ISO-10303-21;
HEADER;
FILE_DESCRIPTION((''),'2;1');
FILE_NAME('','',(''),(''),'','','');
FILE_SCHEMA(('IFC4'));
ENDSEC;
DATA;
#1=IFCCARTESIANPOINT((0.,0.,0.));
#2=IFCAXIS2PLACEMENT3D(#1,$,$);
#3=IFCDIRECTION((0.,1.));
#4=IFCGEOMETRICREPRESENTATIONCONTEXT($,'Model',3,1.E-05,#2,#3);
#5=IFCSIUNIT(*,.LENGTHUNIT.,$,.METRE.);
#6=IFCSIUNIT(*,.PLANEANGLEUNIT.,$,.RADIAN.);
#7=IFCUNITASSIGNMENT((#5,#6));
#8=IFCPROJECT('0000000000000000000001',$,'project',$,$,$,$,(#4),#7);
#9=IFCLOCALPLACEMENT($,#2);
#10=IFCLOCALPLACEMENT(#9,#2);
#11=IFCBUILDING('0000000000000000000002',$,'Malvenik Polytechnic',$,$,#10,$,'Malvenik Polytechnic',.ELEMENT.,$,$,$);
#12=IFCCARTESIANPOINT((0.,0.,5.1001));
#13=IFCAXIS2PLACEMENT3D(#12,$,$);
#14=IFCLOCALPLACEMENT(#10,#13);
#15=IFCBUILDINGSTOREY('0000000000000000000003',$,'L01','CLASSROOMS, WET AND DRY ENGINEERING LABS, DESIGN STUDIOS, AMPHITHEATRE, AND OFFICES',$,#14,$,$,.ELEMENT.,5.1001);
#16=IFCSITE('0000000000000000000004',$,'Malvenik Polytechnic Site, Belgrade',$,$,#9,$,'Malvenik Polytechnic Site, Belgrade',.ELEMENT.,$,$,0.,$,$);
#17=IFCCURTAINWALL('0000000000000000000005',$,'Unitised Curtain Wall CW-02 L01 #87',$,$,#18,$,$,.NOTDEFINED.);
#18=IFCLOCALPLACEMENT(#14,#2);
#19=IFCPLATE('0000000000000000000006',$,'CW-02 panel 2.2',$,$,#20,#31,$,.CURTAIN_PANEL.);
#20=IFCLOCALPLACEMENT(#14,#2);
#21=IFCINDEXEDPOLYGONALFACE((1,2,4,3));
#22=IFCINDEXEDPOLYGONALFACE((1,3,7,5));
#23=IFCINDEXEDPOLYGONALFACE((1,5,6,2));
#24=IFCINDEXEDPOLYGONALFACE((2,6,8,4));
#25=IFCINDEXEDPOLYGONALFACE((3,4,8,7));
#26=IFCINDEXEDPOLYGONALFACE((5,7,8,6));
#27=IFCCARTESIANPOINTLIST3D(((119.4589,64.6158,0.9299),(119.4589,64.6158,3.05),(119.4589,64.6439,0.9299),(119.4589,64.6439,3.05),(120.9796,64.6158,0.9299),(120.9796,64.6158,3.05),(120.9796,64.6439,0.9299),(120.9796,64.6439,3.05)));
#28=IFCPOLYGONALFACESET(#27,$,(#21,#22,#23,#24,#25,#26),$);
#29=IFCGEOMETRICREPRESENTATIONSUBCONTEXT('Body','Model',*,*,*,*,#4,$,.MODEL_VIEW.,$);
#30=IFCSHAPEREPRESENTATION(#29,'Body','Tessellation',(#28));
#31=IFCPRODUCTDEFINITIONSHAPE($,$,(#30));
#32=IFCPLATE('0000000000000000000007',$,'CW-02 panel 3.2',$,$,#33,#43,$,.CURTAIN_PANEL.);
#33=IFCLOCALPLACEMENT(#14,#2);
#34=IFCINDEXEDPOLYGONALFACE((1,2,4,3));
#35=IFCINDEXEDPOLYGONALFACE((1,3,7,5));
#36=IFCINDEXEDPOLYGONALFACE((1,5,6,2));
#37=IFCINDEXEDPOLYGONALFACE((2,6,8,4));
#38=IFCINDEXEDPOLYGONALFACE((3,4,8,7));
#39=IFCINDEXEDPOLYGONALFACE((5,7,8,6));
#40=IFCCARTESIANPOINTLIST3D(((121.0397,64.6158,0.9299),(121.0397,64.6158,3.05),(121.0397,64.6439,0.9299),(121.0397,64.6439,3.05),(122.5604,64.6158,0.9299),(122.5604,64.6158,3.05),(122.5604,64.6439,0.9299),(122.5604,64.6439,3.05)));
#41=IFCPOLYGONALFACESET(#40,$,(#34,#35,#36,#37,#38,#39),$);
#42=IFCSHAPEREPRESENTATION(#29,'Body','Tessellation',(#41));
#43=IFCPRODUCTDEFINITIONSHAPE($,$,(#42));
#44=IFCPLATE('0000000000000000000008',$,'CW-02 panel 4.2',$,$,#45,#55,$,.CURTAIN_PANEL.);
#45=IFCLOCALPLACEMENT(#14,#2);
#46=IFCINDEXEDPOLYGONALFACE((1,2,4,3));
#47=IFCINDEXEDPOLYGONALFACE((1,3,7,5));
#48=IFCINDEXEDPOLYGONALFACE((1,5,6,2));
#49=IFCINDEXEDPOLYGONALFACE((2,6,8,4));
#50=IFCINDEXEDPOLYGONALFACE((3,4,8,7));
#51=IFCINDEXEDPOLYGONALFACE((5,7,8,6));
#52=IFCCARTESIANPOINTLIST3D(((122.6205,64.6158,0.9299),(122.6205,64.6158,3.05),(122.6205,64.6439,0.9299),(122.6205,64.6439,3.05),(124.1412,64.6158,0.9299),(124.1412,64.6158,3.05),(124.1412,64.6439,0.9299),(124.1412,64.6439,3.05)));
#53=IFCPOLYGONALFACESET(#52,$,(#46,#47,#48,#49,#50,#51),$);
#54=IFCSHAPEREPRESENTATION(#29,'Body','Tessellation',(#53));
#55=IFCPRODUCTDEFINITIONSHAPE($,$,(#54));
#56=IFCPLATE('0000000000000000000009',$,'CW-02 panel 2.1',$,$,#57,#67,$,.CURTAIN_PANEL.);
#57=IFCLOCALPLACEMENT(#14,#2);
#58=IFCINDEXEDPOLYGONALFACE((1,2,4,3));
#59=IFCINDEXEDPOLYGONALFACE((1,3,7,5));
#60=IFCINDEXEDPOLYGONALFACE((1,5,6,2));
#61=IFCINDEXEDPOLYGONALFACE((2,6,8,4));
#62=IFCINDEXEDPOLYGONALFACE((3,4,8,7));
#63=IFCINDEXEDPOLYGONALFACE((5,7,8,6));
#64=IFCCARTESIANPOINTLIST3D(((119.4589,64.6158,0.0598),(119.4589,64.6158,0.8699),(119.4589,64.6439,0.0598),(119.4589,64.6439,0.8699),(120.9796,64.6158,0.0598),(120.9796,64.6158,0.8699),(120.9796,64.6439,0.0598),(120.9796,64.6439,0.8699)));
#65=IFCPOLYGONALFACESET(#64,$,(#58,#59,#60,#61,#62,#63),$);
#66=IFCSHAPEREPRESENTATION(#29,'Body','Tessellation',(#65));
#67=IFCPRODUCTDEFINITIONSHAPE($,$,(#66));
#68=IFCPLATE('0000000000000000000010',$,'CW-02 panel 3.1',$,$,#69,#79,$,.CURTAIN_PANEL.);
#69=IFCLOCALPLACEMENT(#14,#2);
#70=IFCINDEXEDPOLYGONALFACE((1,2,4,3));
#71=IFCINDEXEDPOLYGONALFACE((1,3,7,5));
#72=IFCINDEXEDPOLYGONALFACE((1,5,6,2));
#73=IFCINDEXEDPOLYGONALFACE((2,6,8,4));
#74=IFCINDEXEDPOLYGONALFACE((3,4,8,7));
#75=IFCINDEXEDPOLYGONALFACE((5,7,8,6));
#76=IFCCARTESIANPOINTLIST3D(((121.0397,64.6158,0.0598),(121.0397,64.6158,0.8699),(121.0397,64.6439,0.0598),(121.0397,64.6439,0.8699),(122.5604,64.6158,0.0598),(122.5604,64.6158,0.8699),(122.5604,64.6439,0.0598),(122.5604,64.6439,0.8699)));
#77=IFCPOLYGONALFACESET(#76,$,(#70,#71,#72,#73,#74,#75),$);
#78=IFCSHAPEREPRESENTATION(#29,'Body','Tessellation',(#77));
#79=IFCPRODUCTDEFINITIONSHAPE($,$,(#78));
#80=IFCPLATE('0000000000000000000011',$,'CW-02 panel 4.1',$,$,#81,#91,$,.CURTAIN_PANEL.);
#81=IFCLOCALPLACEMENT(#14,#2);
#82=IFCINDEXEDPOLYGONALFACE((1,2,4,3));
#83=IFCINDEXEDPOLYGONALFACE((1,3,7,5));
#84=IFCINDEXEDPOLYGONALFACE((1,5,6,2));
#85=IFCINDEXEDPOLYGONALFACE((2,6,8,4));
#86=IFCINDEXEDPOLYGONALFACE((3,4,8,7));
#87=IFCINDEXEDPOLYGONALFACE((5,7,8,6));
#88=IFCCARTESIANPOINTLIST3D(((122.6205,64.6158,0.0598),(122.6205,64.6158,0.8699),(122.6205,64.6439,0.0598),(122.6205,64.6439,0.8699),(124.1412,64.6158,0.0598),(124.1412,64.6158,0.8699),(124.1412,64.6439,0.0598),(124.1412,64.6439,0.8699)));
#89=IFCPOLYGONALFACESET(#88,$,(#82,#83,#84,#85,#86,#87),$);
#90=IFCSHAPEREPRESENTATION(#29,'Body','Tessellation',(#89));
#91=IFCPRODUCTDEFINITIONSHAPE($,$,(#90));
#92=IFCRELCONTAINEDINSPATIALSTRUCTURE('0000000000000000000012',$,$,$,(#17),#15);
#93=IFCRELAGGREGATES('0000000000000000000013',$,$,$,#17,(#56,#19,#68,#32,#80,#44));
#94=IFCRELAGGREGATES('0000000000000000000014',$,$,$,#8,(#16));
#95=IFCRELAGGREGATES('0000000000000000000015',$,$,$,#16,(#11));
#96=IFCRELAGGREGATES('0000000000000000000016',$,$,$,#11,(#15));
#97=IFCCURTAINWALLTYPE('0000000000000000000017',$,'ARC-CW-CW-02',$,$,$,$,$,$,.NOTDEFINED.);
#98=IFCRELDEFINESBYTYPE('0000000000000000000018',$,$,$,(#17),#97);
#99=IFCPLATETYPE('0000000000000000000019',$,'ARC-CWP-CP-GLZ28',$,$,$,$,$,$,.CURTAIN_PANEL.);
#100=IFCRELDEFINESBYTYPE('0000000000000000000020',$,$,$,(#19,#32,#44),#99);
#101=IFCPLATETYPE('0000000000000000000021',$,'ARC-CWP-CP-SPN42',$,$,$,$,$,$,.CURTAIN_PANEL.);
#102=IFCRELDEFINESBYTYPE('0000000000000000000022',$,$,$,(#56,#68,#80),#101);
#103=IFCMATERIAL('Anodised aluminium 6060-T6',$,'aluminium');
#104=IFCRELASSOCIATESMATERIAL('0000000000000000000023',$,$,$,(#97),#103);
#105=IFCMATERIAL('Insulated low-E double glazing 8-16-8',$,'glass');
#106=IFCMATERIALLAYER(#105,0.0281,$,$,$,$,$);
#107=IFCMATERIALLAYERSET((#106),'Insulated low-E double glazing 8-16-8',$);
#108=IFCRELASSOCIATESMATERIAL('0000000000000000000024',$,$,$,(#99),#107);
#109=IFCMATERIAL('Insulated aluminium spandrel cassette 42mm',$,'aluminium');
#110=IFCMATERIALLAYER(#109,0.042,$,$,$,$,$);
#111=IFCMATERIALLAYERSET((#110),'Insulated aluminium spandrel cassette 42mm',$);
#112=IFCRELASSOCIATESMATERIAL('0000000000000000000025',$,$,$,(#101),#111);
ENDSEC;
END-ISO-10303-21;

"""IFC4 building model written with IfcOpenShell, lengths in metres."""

from ifc_helpers import new_model, si_unit, direction, frame, origin, origin_2d, place, context, subcontext, project, spatial, rectangle, extrude, material, layer, layer_set, type_object, element, aggregate, save


model = new_model("IFC4")

# Units and contexts
model_context = context("Model", 3, precision=1e-05, world=origin(), true_north=direction((0.0, 1.0)))
body_context = subcontext(model_context, "Body", "Model", "MODEL_VIEW")
ifc_project = project(units=[si_unit("LENGTHUNIT", "METRE"), si_unit("PLANEANGLEUNIT", "RADIAN")], contexts=[model_context])

# Site, building, storey
site_placement = place(None, origin())
site = spatial("IfcSite", under=ifc_project, at=site_placement, Name="Malvenik Polytechnic Site, Belgrade", LongName="Malvenik Polytechnic Site, Belgrade", CompositionType="ELEMENT", RefElevation=0.0)
building_placement = place(site_placement, origin())
building = spatial("IfcBuilding", under=site, at=building_placement, Name="Malvenik Polytechnic", LongName="Malvenik Polytechnic", CompositionType="ELEMENT")
storey_placement = place(building_placement, frame((0.0, 0.0, 5.1001)))
storey = spatial("IfcBuildingStorey", under=building, at=storey_placement, Name="L01", Description="CLASSROOMS, WET AND DRY ENGINEERING LABS, DESIGN STUDIOS, AMPHITHEATRE, AND OFFICES", CompositionType="ELEMENT", Elevation=5.1001)

# Curtain wall
ifc_material_1 = material(Name="Anodised aluminium 6060-T6", Category="aluminium")
curtain_wall_type = type_object("IfcCurtainWallType", Name="ARC-CW-CW-02", PredefinedType="NOTDEFINED", material=ifc_material_1)
curtain_wall_placement = place(storey_placement, origin())
curtain_wall = element("IfcCurtainWall", 1, at=curtain_wall_placement, inside=storey, type_object=curtain_wall_type, Name="Unitised Curtain Wall CW-02 L01 #87", PredefinedType="NOTDEFINED")

# Plates
ifc_material_2 = material(Name="Insulated low-E double glazing 8-16-8", Category="glass")
ifc_layer_1 = layer(ifc_material_2, 0.0281)
ifc_layer_set_1 = layer_set([ifc_layer_1], Name="Insulated low-E double glazing 8-16-8")
plate_type_1 = type_object("IfcPlateType", Name="ARC-CWP-CP-GLZ28", PredefinedType="CURTAIN_PANEL", material=ifc_layer_set_1)
plate_1_placement = place(storey_placement, frame((120.2192, 64.6299, 0.9299), z_axis=(0.0, 0.0, 1.0), x_axis=(1.0, 0.0, 0.0)))
plate_1 = element("IfcPlate", 2, at=plate_1_placement, type_object=plate_type_1, Name="CW-02 panel 2.2", PredefinedType="CURTAIN_PANEL", context=body_context, shape_type="SweptSolid", body=[
    extrude(rectangle(XDim=1.5208, YDim=0.0281, at=origin_2d()), origin(), (0.0, 0.0, 1.0), 2.1201),
])
plate_2_placement = place(storey_placement, frame((121.8, 64.6299, 0.9299), z_axis=(0.0, 0.0, 1.0), x_axis=(1.0, 0.0, 0.0)))
plate_2 = element("IfcPlate", 3, at=plate_2_placement, type_object=plate_type_1, Name="CW-02 panel 3.2", PredefinedType="CURTAIN_PANEL", context=body_context, shape_type="SweptSolid", body=[
    extrude(rectangle(XDim=1.5208, YDim=0.0281, at=origin_2d()), origin(), (0.0, 0.0, 1.0), 2.1201),
])
plate_3_placement = place(storey_placement, frame((123.3809, 64.6299, 0.9299), z_axis=(0.0, 0.0, 1.0), x_axis=(1.0, 0.0, 0.0)))
plate_3 = element("IfcPlate", 4, at=plate_3_placement, type_object=plate_type_1, Name="CW-02 panel 4.2", PredefinedType="CURTAIN_PANEL", context=body_context, shape_type="SweptSolid", body=[
    extrude(rectangle(XDim=1.5208, YDim=0.0281, at=origin_2d()), origin(), (0.0, 0.0, 1.0), 2.1201),
])
ifc_material_3 = material(Name="Insulated aluminium spandrel cassette 42mm", Category="aluminium")
ifc_layer_2 = layer(ifc_material_3, 0.042)
ifc_layer_set_2 = layer_set([ifc_layer_2], Name="Insulated aluminium spandrel cassette 42mm")
plate_type_2 = type_object("IfcPlateType", Name="ARC-CWP-CP-SPN42", PredefinedType="CURTAIN_PANEL", material=ifc_layer_set_2)
plate_4_placement = place(storey_placement, frame((120.2192, 64.6299, 0.0598), z_axis=(0.0, 0.0, 1.0), x_axis=(1.0, 0.0, 0.0)))
plate_4 = element("IfcPlate", 5, at=plate_4_placement, type_object=plate_type_2, Name="CW-02 panel 2.1", PredefinedType="CURTAIN_PANEL", context=body_context, shape_type="SweptSolid", body=[
    extrude(rectangle(XDim=1.5208, YDim=0.0281, at=origin_2d()), origin(), (0.0, 0.0, 1.0), 0.8101),
])
plate_5_placement = place(storey_placement, frame((121.8, 64.6299, 0.0598), z_axis=(0.0, 0.0, 1.0), x_axis=(1.0, 0.0, 0.0)))
plate_5 = element("IfcPlate", 6, at=plate_5_placement, type_object=plate_type_2, Name="CW-02 panel 3.1", PredefinedType="CURTAIN_PANEL", context=body_context, shape_type="SweptSolid", body=[
    extrude(rectangle(XDim=1.5208, YDim=0.0281, at=origin_2d()), origin(), (0.0, 0.0, 1.0), 0.8101),
])
plate_6_placement = place(storey_placement, frame((123.3809, 64.6299, 0.0598), z_axis=(0.0, 0.0, 1.0), x_axis=(1.0, 0.0, 0.0)))
plate_6 = element("IfcPlate", 7, at=plate_6_placement, type_object=plate_type_2, Name="CW-02 panel 4.1", PredefinedType="CURTAIN_PANEL", context=body_context, shape_type="SweptSolid", body=[
    extrude(rectangle(XDim=1.5208, YDim=0.0281, at=origin_2d()), origin(), (0.0, 0.0, 1.0), 0.8101),
])
aggregate(curtain_wall, [plate_4, plate_1, plate_5, plate_2, plate_6, plate_3])

save(model, "model.ifc")
